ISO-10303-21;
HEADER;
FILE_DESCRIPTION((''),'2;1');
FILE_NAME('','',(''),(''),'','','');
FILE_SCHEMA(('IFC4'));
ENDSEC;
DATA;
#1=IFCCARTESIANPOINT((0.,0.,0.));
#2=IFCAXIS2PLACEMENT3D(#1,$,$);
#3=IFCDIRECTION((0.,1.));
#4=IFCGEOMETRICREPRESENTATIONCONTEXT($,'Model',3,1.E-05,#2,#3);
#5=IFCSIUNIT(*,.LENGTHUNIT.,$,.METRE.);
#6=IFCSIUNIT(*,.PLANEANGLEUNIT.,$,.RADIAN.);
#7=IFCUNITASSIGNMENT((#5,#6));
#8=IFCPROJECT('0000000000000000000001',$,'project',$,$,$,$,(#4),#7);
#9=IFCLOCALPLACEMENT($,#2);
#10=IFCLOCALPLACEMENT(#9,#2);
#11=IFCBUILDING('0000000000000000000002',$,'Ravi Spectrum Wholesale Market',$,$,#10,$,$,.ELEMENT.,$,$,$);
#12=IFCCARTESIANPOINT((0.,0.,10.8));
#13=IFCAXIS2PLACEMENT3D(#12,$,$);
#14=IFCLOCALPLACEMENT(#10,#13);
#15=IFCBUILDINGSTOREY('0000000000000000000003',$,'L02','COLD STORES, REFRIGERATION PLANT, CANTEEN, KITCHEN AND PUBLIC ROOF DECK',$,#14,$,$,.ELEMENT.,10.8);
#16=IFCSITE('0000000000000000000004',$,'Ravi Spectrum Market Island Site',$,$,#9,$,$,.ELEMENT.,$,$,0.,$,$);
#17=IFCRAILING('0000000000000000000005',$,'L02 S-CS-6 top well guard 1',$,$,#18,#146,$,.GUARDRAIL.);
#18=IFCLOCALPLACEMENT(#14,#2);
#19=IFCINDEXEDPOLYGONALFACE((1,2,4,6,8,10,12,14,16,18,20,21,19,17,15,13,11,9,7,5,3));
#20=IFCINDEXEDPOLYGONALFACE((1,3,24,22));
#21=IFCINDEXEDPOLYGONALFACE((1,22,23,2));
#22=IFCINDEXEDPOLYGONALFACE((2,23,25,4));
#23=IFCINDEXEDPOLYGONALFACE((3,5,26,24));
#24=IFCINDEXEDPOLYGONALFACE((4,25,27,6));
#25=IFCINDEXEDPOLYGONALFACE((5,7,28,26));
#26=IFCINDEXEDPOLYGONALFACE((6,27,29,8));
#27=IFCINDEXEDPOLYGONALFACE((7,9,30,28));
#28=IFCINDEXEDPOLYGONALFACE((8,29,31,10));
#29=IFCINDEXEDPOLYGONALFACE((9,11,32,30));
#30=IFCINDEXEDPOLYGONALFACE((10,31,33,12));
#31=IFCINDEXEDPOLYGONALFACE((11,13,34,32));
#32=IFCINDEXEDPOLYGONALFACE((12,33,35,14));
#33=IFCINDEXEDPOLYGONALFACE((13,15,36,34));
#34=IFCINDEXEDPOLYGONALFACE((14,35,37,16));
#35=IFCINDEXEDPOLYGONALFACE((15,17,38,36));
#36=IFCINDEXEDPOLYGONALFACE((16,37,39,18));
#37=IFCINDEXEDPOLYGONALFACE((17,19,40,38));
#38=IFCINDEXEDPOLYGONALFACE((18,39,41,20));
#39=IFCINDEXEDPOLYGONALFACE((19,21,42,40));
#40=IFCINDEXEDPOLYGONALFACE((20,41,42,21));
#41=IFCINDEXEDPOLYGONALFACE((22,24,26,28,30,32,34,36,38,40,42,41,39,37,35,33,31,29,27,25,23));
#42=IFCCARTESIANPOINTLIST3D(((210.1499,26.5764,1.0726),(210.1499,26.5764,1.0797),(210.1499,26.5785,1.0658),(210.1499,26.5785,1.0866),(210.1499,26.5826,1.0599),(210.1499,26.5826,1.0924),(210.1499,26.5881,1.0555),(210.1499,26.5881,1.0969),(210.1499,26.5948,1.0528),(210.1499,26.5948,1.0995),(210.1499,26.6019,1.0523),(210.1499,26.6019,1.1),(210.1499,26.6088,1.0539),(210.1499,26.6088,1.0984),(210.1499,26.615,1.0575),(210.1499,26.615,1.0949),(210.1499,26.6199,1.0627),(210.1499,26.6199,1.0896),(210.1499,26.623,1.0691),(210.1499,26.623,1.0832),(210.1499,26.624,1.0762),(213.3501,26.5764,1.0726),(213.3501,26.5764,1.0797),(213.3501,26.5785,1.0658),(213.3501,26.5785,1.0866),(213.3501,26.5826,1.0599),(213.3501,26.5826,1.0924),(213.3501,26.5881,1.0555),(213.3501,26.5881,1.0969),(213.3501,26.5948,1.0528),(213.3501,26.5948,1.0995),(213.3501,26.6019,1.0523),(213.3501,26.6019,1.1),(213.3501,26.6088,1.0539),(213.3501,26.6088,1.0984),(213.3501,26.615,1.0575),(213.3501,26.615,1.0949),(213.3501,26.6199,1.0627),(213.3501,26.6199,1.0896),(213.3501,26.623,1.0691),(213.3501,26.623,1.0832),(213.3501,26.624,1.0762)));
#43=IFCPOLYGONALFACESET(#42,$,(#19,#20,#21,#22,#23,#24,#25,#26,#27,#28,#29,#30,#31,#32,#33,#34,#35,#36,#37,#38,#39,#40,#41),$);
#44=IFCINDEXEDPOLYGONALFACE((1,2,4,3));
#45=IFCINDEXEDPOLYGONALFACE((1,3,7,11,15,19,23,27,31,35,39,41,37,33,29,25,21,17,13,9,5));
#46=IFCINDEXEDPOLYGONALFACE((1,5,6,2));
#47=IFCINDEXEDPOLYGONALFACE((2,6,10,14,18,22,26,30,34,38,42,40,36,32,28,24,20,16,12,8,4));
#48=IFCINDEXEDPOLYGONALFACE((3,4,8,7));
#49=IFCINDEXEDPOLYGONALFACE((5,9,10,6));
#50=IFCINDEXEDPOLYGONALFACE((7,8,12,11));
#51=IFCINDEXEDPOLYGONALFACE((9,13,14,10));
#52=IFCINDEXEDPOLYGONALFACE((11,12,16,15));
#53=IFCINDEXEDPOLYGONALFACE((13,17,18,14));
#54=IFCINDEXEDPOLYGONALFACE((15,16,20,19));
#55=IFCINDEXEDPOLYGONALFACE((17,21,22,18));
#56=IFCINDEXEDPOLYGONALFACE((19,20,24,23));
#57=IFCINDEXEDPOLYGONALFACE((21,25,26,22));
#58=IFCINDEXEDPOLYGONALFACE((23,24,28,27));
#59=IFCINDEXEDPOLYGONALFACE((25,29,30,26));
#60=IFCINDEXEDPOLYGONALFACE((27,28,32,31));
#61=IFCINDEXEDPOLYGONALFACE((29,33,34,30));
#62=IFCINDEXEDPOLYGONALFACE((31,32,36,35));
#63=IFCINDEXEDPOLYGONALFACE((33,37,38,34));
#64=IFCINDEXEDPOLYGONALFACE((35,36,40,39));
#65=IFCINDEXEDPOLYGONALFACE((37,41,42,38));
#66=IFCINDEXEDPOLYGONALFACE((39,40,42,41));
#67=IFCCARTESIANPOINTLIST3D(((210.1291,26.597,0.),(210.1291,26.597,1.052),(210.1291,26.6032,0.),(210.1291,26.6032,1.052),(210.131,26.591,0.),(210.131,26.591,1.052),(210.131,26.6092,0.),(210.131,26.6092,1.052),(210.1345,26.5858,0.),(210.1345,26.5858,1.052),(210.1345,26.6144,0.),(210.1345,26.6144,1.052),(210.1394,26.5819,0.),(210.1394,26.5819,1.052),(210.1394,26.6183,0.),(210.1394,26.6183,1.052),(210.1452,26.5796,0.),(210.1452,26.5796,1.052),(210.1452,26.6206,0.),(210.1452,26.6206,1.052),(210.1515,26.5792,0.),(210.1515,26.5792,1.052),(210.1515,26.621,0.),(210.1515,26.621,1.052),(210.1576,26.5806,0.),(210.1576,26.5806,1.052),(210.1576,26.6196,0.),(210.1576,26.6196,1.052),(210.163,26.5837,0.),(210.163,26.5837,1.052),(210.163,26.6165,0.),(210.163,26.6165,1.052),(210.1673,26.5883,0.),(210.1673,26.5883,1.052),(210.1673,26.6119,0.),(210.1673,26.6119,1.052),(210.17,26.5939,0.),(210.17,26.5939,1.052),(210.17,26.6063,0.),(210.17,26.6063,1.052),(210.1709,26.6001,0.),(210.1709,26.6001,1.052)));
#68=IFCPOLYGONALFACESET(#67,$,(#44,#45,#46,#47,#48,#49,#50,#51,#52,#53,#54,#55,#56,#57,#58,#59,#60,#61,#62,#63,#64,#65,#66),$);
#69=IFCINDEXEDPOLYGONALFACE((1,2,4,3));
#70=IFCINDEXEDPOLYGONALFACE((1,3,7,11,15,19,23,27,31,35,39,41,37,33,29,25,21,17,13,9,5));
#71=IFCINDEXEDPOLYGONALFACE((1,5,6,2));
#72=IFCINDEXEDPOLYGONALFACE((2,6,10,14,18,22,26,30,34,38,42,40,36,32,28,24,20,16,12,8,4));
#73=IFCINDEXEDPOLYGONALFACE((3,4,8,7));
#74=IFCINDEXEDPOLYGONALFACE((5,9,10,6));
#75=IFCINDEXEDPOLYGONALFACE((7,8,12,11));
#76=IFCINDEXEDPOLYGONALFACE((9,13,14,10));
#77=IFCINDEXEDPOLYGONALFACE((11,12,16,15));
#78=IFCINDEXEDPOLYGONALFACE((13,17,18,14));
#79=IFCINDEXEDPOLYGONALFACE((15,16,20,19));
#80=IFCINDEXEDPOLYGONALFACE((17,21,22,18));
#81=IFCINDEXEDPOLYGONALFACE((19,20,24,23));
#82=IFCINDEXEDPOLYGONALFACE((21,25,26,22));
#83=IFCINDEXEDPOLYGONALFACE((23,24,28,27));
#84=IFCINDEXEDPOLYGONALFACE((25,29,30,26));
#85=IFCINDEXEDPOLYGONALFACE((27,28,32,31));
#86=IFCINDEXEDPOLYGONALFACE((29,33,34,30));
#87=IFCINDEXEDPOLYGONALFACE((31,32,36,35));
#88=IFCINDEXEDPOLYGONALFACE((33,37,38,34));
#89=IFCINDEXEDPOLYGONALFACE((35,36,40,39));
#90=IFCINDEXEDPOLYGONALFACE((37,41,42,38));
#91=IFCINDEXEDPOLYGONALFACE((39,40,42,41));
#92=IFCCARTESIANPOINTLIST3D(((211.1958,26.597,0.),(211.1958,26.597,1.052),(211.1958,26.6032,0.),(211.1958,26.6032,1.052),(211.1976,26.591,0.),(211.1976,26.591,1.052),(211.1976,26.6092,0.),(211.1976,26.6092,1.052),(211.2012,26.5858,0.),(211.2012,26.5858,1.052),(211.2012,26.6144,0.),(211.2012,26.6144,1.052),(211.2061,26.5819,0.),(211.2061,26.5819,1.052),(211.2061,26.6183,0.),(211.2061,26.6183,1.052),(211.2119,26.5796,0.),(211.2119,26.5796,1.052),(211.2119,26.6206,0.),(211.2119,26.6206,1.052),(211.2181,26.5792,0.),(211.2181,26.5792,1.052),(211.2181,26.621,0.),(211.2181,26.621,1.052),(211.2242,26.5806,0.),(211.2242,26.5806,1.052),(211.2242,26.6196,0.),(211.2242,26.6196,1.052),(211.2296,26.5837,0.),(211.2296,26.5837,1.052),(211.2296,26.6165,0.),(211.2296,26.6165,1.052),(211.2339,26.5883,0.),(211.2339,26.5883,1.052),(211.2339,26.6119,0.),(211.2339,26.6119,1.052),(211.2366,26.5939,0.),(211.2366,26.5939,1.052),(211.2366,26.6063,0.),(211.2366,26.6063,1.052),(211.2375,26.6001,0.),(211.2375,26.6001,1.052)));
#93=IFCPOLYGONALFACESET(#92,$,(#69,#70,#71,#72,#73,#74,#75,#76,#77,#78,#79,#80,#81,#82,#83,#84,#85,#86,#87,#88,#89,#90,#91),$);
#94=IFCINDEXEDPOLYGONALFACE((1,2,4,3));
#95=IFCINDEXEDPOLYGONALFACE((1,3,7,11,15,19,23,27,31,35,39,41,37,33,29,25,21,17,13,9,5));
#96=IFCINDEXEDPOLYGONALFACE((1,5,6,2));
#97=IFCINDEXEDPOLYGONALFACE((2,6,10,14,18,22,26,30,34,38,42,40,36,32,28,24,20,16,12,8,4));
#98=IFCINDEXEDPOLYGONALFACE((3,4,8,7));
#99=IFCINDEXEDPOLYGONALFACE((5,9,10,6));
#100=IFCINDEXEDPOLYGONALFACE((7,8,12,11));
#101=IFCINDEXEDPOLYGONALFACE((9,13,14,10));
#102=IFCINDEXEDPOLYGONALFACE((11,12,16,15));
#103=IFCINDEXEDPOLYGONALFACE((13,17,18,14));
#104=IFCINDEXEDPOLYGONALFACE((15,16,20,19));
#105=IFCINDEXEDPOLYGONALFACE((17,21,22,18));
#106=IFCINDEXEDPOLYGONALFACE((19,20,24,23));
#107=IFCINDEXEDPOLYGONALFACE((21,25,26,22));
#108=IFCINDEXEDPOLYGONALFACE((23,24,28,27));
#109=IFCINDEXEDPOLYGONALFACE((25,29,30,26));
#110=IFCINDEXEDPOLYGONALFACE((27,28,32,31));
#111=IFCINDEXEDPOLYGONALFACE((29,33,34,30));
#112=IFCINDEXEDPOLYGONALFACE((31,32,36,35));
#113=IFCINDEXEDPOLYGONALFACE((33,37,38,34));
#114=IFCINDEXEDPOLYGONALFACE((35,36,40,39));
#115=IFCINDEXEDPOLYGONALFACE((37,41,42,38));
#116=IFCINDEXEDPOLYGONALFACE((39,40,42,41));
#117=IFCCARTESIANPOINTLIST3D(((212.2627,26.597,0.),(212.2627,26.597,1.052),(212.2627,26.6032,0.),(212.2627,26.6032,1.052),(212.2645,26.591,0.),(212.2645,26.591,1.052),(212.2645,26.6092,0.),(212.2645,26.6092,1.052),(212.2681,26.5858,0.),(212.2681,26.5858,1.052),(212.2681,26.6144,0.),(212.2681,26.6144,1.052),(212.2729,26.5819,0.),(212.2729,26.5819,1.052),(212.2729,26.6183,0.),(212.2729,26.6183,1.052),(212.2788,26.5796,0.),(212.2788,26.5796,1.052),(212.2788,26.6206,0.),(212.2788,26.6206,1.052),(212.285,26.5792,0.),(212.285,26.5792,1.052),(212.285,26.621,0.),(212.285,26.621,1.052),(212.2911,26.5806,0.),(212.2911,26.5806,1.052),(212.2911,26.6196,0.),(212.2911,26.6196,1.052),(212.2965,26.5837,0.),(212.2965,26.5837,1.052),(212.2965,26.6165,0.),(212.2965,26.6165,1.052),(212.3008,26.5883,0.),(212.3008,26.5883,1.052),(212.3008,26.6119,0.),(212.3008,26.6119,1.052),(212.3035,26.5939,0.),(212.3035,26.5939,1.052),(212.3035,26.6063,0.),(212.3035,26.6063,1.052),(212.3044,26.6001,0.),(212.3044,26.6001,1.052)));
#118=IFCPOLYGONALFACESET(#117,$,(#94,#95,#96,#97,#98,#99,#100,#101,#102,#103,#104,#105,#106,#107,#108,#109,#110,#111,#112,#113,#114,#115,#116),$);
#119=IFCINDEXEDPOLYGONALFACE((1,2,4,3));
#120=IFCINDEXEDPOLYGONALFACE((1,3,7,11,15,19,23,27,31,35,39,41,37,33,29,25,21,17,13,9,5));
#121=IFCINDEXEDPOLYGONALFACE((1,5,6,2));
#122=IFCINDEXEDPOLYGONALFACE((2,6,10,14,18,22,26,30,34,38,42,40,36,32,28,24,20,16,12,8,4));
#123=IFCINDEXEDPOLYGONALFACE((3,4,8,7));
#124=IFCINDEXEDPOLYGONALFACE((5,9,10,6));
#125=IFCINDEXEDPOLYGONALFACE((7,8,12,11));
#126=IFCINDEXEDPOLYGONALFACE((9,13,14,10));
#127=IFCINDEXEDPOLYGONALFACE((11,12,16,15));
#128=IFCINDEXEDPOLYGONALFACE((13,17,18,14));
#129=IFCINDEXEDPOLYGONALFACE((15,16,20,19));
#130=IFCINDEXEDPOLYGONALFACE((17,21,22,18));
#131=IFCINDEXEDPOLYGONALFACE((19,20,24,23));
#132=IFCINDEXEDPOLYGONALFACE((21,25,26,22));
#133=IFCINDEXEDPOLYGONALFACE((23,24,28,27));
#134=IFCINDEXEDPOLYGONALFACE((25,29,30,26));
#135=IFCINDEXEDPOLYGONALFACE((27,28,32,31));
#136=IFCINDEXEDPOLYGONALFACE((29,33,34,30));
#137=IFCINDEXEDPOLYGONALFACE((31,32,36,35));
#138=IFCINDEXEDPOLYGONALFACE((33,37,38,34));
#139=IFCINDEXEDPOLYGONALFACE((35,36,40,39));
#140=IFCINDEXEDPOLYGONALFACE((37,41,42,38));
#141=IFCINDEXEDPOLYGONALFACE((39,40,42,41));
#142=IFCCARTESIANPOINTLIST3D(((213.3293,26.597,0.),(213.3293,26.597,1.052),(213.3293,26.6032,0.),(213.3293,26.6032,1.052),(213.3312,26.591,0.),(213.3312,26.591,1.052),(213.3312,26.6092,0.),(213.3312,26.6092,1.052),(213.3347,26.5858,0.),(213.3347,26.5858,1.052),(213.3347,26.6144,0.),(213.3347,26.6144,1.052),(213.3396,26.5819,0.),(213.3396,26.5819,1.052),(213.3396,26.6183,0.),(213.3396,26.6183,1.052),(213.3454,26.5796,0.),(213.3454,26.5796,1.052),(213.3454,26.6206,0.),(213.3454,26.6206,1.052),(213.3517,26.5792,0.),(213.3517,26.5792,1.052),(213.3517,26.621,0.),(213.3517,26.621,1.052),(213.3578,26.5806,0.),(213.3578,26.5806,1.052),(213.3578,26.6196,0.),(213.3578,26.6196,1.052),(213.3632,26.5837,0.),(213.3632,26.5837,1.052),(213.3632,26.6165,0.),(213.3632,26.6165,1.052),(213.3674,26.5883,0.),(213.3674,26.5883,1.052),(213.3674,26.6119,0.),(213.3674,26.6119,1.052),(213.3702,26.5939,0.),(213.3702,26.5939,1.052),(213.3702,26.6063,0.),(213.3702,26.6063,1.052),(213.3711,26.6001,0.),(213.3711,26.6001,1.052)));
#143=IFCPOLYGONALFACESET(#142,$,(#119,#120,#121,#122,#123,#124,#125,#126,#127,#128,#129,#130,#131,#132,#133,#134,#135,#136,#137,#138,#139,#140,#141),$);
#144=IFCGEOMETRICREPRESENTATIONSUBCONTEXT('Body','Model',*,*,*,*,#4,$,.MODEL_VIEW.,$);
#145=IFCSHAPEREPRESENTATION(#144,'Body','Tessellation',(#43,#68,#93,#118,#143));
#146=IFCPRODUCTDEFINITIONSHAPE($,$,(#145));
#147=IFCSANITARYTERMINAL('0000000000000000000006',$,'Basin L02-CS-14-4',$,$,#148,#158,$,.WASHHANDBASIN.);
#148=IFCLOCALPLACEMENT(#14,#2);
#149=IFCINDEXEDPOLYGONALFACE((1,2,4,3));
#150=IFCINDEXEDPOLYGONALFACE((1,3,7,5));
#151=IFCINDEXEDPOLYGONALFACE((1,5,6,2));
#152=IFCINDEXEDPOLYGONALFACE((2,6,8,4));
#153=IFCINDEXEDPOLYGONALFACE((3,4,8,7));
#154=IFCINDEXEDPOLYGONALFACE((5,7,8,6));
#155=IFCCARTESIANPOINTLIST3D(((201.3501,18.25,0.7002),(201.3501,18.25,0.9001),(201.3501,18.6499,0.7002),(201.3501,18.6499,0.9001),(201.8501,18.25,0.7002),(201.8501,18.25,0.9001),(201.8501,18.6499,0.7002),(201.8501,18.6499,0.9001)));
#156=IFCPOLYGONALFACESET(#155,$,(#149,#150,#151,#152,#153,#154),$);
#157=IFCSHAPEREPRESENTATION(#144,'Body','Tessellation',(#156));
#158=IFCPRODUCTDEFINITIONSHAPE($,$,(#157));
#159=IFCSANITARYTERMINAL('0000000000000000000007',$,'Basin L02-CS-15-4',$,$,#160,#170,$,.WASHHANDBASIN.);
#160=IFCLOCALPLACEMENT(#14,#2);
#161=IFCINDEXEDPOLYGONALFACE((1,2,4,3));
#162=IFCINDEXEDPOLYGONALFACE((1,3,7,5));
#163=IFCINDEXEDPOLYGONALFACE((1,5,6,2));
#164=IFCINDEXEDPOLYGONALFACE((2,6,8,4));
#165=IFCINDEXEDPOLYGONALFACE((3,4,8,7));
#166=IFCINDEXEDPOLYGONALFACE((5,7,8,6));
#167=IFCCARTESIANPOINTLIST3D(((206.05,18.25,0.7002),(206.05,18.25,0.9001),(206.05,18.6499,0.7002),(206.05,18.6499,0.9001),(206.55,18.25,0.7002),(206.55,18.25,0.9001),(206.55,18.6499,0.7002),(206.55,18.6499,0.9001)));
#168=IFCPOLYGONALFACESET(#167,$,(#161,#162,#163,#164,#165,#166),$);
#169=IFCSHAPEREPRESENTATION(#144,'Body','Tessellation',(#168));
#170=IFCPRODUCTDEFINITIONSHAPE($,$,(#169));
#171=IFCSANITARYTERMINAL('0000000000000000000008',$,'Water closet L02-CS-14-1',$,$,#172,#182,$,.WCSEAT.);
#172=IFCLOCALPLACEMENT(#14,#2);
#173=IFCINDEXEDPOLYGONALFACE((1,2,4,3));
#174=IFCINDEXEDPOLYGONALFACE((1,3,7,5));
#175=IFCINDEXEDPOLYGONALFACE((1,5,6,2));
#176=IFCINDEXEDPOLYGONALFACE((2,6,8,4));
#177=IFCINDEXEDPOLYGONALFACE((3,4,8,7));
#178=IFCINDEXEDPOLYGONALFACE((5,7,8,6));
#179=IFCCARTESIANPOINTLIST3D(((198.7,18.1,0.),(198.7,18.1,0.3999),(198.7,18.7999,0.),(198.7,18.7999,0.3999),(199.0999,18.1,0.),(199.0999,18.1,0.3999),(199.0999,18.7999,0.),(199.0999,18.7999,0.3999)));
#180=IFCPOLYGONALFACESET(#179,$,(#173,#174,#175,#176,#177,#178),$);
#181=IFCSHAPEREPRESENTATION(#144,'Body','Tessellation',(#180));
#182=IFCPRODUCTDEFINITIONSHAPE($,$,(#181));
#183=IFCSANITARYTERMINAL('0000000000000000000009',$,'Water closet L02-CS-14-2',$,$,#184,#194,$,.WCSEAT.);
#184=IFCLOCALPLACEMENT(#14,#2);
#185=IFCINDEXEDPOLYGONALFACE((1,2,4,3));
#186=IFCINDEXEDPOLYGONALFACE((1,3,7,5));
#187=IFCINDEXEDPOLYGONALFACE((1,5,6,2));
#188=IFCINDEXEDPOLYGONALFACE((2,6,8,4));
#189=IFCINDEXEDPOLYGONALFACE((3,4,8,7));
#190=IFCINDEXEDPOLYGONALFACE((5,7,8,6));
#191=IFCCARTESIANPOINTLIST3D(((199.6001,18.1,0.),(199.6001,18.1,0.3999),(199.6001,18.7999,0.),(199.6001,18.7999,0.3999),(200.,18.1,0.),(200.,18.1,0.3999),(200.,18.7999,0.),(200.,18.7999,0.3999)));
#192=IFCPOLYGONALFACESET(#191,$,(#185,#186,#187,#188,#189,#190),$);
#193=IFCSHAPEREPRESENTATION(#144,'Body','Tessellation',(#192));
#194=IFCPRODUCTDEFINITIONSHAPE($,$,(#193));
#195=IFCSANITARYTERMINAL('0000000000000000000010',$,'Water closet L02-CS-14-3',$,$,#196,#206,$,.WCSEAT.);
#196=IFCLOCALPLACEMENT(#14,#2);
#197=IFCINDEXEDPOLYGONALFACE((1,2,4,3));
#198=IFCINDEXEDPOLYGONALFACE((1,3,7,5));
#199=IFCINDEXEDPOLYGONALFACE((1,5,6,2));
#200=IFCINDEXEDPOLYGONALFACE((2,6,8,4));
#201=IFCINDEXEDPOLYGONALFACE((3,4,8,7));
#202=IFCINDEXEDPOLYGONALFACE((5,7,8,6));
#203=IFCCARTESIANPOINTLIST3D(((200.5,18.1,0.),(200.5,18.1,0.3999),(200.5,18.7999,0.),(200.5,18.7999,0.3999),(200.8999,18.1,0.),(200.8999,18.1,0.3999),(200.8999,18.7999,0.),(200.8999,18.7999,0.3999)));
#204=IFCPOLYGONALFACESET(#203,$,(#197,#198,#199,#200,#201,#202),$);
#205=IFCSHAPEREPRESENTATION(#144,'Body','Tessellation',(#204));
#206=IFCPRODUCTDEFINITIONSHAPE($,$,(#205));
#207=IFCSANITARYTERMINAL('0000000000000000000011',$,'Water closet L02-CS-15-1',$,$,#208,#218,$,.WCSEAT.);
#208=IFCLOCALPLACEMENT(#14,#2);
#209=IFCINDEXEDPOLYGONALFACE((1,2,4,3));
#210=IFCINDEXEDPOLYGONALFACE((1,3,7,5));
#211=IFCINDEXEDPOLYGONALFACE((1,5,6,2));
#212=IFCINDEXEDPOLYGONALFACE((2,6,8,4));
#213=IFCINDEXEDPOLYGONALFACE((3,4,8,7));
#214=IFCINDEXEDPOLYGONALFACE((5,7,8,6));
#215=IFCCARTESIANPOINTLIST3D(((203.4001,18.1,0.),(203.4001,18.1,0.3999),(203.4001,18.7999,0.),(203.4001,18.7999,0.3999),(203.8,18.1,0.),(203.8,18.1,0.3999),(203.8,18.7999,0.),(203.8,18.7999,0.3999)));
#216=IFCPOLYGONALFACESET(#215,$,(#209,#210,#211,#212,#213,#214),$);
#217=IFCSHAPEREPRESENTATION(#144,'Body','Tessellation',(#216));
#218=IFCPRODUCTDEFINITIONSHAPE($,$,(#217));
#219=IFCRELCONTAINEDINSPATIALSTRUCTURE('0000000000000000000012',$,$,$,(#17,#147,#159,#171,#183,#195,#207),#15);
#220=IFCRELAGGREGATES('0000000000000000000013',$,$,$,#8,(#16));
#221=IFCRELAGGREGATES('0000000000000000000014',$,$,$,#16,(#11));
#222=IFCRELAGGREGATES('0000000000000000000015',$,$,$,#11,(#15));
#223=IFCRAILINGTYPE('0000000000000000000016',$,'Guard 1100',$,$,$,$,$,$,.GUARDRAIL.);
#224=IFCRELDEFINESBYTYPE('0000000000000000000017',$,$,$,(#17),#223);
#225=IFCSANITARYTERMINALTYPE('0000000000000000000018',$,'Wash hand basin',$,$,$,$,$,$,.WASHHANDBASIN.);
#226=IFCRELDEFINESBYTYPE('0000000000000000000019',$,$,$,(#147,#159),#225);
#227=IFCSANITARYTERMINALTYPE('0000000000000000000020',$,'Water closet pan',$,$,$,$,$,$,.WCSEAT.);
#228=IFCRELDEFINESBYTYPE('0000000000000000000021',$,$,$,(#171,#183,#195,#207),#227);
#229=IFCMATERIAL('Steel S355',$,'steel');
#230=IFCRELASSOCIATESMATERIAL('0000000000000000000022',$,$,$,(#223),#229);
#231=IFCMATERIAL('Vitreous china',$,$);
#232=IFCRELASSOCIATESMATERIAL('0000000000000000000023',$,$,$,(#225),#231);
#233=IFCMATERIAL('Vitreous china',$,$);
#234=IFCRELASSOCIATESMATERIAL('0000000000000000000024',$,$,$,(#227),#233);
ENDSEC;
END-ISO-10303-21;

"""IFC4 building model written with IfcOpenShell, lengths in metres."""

from ifc_helpers import new_model, si_unit, direction, frame, origin, origin_2d, place, context, subcontext, project, spatial, rectangle, circle, extrude, material, type_object, element, save


model = new_model("IFC4")

# Units and contexts
model_context = context("Model", 3, precision=1e-05, world=origin(), true_north=direction((0.0, 1.0)))
body_context = subcontext(model_context, "Body", "Model", "MODEL_VIEW")
ifc_project = project(units=[si_unit("LENGTHUNIT", "METRE"), si_unit("PLANEANGLEUNIT", "RADIAN")], contexts=[model_context])

# Site, building, storey
site_placement = place(None, origin())
site = spatial("IfcSite", under=ifc_project, at=site_placement, Name="Ravi Spectrum Market Island Site", CompositionType="ELEMENT", RefElevation=0.0)
building_placement = place(site_placement, origin())
building = spatial("IfcBuilding", under=site, at=building_placement, Name="Ravi Spectrum Wholesale Market", CompositionType="ELEMENT")
storey_placement = place(building_placement, frame((0.0, 0.0, 10.8)))
storey = spatial("IfcBuildingStorey", under=building, at=storey_placement, Name="L02", Description="COLD STORES, REFRIGERATION PLANT, CANTEEN, KITCHEN AND PUBLIC ROOF DECK", CompositionType="ELEMENT", Elevation=10.8)

# Railing
ifc_material_1 = material(Name="Steel S355", Category="steel")
railing_type = type_object("IfcRailingType", Name="Guard 1100", PredefinedType="GUARDRAIL", material=ifc_material_1)
railing_placement = place(storey_placement, frame((210.1499, 26.6001, 0.0)))
element("IfcRailing", 1, at=railing_placement, inside=storey, type_object=railing_type, Name="L02 S-CS-6 top well guard 1", PredefinedType="GUARDRAIL", context=body_context, shape_type="SweptSolid", body=[
    extrude(circle(Radius=0.0239, at=origin_2d()), frame((0.0, 0.0, 1.0762), z_axis=(1.0, 0.0, 0.0), x_axis=(0.0, 1.0, 0.0)), (0.0, 0.0, 1.0), 3.2002),
    extrude(circle(Radius=0.021, at=origin_2d()), origin(), (0.0, 0.0, 1.0), 1.052),
    extrude(circle(Radius=0.021, at=origin_2d()), frame((1.0667, 0.0, 0.0)), (0.0, 0.0, 1.0), 1.052),
    extrude(circle(Radius=0.021, at=origin_2d()), frame((2.1335, 0.0, 0.0)), (0.0, 0.0, 1.0), 1.052),
    extrude(circle(Radius=0.021, at=origin_2d()), frame((3.2002, 0.0, 0.0)), (0.0, 0.0, 1.0), 1.052),
])

# Sanitary terminals
ifc_material_2 = material(Name="Vitreous china")
sanitary_terminal_type_1 = type_object("IfcSanitaryTerminalType", Name="Wash hand basin", PredefinedType="WASHHANDBASIN", material=ifc_material_2)
for number, where, z_axis, x_axis, name in (
    (2, (201.6001, 18.45, 0.7002), (0.0, 0.0, 1.0), (1.0, 0.0, 0.0), "Basin L02-CS-14-4"),
    (3, (206.3, 18.45, 0.7002), (0.0, 0.0, 1.0), (1.0, 0.0, 0.0), "Basin L02-CS-15-4"),
):
    element("IfcSanitaryTerminal", number, at=place(storey_placement, frame(where, z_axis=z_axis, x_axis=x_axis)), inside=storey, type_object=sanitary_terminal_type_1, Name=name, PredefinedType="WASHHANDBASIN", context=body_context, shape_type="SweptSolid", body=[
        extrude(rectangle(XDim=0.5, YDim=0.3999, at=origin_2d()), origin(), (0.0, 0.0, 1.0), 0.2),
    ])
ifc_material_3 = material(Name="Vitreous china")
sanitary_terminal_type_2 = type_object("IfcSanitaryTerminalType", Name="Water closet pan", PredefinedType="WCSEAT", material=ifc_material_3)
for number, where, z_axis, x_axis, name in (
    (4, (198.8999, 18.45, 0.0), (0.0, 0.0, 1.0), (1.0, 0.0, 0.0), "Water closet L02-CS-14-1"),
    (5, (199.8, 18.45, 0.0), (0.0, 0.0, 1.0), (1.0, 0.0, 0.0), "Water closet L02-CS-14-2"),
    (6, (200.7, 18.45, 0.0), (0.0, 0.0, 1.0), (1.0, 0.0, 0.0), "Water closet L02-CS-14-3"),
    (7, (203.6001, 18.45, 0.0), (0.0, 0.0, 1.0), (1.0, 0.0, 0.0), "Water closet L02-CS-15-1"),
):
    element("IfcSanitaryTerminal", number, at=place(storey_placement, frame(where, z_axis=z_axis, x_axis=x_axis)), inside=storey, type_object=sanitary_terminal_type_2, Name=name, PredefinedType="WCSEAT", context=body_context, shape_type="SweptSolid", body=[
        extrude(rectangle(XDim=0.3999, YDim=0.7, at=origin_2d()), origin(), (0.0, 0.0, 1.0), 0.3999),
    ])

save(model, "model.ifc")
